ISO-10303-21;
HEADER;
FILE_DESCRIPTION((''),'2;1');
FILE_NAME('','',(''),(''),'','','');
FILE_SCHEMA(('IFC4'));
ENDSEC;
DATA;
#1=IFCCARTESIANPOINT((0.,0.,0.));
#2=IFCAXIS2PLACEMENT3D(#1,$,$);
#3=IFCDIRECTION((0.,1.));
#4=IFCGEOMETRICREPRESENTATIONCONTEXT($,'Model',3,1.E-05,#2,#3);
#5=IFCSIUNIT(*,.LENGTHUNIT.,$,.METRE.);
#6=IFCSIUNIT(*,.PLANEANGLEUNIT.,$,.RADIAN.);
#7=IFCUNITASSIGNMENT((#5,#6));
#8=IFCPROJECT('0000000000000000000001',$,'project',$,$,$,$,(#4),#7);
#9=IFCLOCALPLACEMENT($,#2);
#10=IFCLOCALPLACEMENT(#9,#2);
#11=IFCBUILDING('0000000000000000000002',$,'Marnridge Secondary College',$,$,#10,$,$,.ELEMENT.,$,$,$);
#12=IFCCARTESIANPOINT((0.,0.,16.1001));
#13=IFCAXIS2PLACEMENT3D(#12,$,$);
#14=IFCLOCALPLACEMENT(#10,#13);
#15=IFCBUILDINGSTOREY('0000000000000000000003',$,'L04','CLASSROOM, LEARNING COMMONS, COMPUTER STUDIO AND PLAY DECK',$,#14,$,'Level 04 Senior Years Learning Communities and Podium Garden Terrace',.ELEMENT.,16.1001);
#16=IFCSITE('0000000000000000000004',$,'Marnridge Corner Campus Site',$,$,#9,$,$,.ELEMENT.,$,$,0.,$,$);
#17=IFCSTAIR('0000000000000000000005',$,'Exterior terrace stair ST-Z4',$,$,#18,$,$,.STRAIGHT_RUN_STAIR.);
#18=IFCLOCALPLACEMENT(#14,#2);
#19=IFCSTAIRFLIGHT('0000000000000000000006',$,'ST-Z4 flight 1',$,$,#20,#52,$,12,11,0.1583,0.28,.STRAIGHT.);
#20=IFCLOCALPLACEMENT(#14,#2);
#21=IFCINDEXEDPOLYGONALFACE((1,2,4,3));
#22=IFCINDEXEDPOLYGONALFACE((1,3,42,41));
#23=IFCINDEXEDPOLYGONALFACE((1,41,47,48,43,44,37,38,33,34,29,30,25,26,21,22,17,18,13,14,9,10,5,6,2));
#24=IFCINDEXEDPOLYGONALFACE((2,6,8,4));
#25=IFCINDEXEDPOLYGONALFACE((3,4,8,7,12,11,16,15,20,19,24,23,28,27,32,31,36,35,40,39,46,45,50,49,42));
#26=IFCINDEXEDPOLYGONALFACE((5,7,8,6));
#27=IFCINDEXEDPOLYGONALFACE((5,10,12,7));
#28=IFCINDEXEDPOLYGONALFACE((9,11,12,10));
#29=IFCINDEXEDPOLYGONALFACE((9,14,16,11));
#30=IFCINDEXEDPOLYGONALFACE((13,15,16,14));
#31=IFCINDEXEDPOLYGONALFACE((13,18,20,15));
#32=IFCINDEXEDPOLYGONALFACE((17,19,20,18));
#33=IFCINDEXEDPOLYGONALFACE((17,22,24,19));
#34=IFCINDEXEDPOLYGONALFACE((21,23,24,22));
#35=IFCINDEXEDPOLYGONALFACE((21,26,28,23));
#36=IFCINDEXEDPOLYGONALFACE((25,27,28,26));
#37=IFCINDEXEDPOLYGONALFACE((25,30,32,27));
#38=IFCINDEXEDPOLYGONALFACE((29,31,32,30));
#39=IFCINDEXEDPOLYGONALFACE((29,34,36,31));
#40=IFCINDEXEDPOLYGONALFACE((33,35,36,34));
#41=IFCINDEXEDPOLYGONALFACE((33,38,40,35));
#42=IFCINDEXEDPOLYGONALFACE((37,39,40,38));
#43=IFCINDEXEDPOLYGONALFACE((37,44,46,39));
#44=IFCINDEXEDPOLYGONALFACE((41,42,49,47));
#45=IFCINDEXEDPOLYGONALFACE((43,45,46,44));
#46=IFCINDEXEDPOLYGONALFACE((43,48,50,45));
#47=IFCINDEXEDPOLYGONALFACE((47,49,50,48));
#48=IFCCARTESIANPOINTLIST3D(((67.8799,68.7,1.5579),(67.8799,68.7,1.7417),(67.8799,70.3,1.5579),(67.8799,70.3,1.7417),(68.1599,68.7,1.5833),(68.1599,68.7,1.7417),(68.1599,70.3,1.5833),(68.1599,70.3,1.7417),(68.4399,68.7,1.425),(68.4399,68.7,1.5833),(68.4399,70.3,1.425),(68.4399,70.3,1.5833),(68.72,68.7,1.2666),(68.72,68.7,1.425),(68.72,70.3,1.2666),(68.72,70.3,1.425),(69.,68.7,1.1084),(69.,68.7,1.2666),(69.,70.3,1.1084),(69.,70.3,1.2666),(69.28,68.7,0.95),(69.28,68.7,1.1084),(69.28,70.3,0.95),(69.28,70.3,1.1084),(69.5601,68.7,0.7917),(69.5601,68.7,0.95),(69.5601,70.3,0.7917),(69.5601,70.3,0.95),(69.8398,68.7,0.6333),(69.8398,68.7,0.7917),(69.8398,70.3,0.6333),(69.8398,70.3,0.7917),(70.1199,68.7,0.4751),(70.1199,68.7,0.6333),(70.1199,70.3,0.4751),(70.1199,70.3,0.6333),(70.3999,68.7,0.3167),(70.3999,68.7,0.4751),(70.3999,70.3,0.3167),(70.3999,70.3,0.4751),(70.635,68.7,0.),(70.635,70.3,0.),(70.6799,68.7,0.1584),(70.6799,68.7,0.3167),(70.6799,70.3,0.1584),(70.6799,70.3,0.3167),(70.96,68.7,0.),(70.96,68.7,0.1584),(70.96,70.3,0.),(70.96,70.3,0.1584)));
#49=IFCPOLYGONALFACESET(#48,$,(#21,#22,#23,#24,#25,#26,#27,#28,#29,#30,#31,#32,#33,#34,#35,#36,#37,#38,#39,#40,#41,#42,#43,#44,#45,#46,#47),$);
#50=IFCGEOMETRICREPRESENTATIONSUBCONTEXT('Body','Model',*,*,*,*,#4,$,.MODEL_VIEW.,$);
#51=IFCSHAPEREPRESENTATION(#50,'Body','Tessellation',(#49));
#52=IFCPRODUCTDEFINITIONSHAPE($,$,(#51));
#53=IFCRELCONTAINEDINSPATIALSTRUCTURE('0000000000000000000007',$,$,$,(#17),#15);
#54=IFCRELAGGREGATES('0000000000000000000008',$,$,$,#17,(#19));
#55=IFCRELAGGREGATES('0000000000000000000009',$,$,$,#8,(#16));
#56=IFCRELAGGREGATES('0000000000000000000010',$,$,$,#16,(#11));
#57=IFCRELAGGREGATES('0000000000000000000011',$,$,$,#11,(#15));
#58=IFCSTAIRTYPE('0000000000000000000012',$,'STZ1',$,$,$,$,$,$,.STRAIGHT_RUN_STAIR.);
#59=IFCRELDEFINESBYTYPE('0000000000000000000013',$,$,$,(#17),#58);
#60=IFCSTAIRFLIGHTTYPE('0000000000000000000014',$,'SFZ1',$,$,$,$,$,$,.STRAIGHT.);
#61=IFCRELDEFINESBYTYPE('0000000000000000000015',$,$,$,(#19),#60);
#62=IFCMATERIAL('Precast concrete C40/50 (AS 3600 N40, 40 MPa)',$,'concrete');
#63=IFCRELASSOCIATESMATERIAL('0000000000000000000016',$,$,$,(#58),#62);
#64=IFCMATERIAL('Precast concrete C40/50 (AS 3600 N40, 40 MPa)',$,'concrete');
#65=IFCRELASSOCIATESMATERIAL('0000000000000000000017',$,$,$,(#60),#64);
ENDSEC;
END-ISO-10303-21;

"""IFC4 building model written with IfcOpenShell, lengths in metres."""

from ifc_helpers import new_model, si_unit, direction, frame, origin, place, context, subcontext, project, spatial, polyline, outline, extrude, material, type_object, element, aggregate, save


model = new_model("IFC4")

# Units and contexts
model_context = context("Model", 3, precision=1e-05, world=origin(), true_north=direction((0.0, 1.0)))
body_context = subcontext(model_context, "Body", "Model", "MODEL_VIEW")
ifc_project = project(units=[si_unit("LENGTHUNIT", "METRE"), si_unit("PLANEANGLEUNIT", "RADIAN")], contexts=[model_context])

# Site, building, storey
site_placement = place(None, origin())
site = spatial("IfcSite", under=ifc_project, at=site_placement, Name="Marnridge Corner Campus Site", CompositionType="ELEMENT", RefElevation=0.0)
building_placement = place(site_placement, origin())
building = spatial("IfcBuilding", under=site, at=building_placement, Name="Marnridge Secondary College", CompositionType="ELEMENT")
storey_placement = place(building_placement, frame((0.0, 0.0, 16.1001)))
storey = spatial("IfcBuildingStorey", under=building, at=storey_placement, Name="L04", Description="CLASSROOM, LEARNING COMMONS, COMPUTER STUDIO AND PLAY DECK", LongName="Level 04 Senior Years Learning Communities and Podium Garden Terrace", CompositionType="ELEMENT", Elevation=16.1001)

# Stair, stair flight
ifc_material_1 = material(Name="Precast concrete C40/50 (AS 3600 N40, 40 MPa)", Category="concrete")
stair_type = type_object("IfcStairType", Name="STZ1", PredefinedType="STRAIGHT_RUN_STAIR", material=ifc_material_1)
stair_placement = place(storey_placement, origin())
stair = element("IfcStair", 1, at=stair_placement, inside=storey, type_object=stair_type, Name="Exterior terrace stair ST-Z4", PredefinedType="STRAIGHT_RUN_STAIR")
ifc_material_2 = material(Name="Precast concrete C40/50 (AS 3600 N40, 40 MPa)", Category="concrete")
stair_flight_type = type_object("IfcStairFlightType", Name="SFZ1", PredefinedType="STRAIGHT", material=ifc_material_2)
stair_flight_placement = place(storey_placement, frame((70.96, 69.5, 0.0), z_axis=(0.0, 0.0, 1.0), x_axis=(-1.0, 0.0, 0.0)))
stair_flight = element("IfcStairFlight", 2, at=stair_flight_placement, type_object=stair_flight_type, Name="ST-Z4 flight 1", NumberOfRisers=12, NumberOfTreads=11, PredefinedType="STRAIGHT", RiserHeight=0.1583, TreadLength=0.28, context=body_context, shape_type="SweptSolid", body=[
    extrude(outline(polyline([(0.0, 0.0), (0.0, 0.1584), (0.28, 0.1584), (0.28, 0.3167), (0.5601, 0.3167), (0.5601, 0.4751), (0.8401, 0.4751), (0.8401, 0.6333), (1.1201, 0.6333), (1.1201, 0.7917), (1.3999, 0.7917), (1.3999, 0.95), (1.6799, 0.95), (1.6799, 1.1084), (1.96, 1.1084), (1.96, 1.2666), (2.24, 1.2666), (2.24, 1.425), (2.52, 1.425), (2.52, 1.5833), (2.8, 1.5833), (2.8, 1.7417), (3.0801, 1.7417), (3.0801, 1.8999), (3.0801, 1.5579), (0.325, 0.0), (0.0, 0.0)])), frame((0.0, 0.8, 0.0), z_axis=(0.0, -1.0, 0.0), x_axis=(1.0, 0.0, 0.0)), (0.0, 0.0, 1.0), 1.6001),
])
aggregate(stair, [stair_flight])

save(model, "model.ifc")
